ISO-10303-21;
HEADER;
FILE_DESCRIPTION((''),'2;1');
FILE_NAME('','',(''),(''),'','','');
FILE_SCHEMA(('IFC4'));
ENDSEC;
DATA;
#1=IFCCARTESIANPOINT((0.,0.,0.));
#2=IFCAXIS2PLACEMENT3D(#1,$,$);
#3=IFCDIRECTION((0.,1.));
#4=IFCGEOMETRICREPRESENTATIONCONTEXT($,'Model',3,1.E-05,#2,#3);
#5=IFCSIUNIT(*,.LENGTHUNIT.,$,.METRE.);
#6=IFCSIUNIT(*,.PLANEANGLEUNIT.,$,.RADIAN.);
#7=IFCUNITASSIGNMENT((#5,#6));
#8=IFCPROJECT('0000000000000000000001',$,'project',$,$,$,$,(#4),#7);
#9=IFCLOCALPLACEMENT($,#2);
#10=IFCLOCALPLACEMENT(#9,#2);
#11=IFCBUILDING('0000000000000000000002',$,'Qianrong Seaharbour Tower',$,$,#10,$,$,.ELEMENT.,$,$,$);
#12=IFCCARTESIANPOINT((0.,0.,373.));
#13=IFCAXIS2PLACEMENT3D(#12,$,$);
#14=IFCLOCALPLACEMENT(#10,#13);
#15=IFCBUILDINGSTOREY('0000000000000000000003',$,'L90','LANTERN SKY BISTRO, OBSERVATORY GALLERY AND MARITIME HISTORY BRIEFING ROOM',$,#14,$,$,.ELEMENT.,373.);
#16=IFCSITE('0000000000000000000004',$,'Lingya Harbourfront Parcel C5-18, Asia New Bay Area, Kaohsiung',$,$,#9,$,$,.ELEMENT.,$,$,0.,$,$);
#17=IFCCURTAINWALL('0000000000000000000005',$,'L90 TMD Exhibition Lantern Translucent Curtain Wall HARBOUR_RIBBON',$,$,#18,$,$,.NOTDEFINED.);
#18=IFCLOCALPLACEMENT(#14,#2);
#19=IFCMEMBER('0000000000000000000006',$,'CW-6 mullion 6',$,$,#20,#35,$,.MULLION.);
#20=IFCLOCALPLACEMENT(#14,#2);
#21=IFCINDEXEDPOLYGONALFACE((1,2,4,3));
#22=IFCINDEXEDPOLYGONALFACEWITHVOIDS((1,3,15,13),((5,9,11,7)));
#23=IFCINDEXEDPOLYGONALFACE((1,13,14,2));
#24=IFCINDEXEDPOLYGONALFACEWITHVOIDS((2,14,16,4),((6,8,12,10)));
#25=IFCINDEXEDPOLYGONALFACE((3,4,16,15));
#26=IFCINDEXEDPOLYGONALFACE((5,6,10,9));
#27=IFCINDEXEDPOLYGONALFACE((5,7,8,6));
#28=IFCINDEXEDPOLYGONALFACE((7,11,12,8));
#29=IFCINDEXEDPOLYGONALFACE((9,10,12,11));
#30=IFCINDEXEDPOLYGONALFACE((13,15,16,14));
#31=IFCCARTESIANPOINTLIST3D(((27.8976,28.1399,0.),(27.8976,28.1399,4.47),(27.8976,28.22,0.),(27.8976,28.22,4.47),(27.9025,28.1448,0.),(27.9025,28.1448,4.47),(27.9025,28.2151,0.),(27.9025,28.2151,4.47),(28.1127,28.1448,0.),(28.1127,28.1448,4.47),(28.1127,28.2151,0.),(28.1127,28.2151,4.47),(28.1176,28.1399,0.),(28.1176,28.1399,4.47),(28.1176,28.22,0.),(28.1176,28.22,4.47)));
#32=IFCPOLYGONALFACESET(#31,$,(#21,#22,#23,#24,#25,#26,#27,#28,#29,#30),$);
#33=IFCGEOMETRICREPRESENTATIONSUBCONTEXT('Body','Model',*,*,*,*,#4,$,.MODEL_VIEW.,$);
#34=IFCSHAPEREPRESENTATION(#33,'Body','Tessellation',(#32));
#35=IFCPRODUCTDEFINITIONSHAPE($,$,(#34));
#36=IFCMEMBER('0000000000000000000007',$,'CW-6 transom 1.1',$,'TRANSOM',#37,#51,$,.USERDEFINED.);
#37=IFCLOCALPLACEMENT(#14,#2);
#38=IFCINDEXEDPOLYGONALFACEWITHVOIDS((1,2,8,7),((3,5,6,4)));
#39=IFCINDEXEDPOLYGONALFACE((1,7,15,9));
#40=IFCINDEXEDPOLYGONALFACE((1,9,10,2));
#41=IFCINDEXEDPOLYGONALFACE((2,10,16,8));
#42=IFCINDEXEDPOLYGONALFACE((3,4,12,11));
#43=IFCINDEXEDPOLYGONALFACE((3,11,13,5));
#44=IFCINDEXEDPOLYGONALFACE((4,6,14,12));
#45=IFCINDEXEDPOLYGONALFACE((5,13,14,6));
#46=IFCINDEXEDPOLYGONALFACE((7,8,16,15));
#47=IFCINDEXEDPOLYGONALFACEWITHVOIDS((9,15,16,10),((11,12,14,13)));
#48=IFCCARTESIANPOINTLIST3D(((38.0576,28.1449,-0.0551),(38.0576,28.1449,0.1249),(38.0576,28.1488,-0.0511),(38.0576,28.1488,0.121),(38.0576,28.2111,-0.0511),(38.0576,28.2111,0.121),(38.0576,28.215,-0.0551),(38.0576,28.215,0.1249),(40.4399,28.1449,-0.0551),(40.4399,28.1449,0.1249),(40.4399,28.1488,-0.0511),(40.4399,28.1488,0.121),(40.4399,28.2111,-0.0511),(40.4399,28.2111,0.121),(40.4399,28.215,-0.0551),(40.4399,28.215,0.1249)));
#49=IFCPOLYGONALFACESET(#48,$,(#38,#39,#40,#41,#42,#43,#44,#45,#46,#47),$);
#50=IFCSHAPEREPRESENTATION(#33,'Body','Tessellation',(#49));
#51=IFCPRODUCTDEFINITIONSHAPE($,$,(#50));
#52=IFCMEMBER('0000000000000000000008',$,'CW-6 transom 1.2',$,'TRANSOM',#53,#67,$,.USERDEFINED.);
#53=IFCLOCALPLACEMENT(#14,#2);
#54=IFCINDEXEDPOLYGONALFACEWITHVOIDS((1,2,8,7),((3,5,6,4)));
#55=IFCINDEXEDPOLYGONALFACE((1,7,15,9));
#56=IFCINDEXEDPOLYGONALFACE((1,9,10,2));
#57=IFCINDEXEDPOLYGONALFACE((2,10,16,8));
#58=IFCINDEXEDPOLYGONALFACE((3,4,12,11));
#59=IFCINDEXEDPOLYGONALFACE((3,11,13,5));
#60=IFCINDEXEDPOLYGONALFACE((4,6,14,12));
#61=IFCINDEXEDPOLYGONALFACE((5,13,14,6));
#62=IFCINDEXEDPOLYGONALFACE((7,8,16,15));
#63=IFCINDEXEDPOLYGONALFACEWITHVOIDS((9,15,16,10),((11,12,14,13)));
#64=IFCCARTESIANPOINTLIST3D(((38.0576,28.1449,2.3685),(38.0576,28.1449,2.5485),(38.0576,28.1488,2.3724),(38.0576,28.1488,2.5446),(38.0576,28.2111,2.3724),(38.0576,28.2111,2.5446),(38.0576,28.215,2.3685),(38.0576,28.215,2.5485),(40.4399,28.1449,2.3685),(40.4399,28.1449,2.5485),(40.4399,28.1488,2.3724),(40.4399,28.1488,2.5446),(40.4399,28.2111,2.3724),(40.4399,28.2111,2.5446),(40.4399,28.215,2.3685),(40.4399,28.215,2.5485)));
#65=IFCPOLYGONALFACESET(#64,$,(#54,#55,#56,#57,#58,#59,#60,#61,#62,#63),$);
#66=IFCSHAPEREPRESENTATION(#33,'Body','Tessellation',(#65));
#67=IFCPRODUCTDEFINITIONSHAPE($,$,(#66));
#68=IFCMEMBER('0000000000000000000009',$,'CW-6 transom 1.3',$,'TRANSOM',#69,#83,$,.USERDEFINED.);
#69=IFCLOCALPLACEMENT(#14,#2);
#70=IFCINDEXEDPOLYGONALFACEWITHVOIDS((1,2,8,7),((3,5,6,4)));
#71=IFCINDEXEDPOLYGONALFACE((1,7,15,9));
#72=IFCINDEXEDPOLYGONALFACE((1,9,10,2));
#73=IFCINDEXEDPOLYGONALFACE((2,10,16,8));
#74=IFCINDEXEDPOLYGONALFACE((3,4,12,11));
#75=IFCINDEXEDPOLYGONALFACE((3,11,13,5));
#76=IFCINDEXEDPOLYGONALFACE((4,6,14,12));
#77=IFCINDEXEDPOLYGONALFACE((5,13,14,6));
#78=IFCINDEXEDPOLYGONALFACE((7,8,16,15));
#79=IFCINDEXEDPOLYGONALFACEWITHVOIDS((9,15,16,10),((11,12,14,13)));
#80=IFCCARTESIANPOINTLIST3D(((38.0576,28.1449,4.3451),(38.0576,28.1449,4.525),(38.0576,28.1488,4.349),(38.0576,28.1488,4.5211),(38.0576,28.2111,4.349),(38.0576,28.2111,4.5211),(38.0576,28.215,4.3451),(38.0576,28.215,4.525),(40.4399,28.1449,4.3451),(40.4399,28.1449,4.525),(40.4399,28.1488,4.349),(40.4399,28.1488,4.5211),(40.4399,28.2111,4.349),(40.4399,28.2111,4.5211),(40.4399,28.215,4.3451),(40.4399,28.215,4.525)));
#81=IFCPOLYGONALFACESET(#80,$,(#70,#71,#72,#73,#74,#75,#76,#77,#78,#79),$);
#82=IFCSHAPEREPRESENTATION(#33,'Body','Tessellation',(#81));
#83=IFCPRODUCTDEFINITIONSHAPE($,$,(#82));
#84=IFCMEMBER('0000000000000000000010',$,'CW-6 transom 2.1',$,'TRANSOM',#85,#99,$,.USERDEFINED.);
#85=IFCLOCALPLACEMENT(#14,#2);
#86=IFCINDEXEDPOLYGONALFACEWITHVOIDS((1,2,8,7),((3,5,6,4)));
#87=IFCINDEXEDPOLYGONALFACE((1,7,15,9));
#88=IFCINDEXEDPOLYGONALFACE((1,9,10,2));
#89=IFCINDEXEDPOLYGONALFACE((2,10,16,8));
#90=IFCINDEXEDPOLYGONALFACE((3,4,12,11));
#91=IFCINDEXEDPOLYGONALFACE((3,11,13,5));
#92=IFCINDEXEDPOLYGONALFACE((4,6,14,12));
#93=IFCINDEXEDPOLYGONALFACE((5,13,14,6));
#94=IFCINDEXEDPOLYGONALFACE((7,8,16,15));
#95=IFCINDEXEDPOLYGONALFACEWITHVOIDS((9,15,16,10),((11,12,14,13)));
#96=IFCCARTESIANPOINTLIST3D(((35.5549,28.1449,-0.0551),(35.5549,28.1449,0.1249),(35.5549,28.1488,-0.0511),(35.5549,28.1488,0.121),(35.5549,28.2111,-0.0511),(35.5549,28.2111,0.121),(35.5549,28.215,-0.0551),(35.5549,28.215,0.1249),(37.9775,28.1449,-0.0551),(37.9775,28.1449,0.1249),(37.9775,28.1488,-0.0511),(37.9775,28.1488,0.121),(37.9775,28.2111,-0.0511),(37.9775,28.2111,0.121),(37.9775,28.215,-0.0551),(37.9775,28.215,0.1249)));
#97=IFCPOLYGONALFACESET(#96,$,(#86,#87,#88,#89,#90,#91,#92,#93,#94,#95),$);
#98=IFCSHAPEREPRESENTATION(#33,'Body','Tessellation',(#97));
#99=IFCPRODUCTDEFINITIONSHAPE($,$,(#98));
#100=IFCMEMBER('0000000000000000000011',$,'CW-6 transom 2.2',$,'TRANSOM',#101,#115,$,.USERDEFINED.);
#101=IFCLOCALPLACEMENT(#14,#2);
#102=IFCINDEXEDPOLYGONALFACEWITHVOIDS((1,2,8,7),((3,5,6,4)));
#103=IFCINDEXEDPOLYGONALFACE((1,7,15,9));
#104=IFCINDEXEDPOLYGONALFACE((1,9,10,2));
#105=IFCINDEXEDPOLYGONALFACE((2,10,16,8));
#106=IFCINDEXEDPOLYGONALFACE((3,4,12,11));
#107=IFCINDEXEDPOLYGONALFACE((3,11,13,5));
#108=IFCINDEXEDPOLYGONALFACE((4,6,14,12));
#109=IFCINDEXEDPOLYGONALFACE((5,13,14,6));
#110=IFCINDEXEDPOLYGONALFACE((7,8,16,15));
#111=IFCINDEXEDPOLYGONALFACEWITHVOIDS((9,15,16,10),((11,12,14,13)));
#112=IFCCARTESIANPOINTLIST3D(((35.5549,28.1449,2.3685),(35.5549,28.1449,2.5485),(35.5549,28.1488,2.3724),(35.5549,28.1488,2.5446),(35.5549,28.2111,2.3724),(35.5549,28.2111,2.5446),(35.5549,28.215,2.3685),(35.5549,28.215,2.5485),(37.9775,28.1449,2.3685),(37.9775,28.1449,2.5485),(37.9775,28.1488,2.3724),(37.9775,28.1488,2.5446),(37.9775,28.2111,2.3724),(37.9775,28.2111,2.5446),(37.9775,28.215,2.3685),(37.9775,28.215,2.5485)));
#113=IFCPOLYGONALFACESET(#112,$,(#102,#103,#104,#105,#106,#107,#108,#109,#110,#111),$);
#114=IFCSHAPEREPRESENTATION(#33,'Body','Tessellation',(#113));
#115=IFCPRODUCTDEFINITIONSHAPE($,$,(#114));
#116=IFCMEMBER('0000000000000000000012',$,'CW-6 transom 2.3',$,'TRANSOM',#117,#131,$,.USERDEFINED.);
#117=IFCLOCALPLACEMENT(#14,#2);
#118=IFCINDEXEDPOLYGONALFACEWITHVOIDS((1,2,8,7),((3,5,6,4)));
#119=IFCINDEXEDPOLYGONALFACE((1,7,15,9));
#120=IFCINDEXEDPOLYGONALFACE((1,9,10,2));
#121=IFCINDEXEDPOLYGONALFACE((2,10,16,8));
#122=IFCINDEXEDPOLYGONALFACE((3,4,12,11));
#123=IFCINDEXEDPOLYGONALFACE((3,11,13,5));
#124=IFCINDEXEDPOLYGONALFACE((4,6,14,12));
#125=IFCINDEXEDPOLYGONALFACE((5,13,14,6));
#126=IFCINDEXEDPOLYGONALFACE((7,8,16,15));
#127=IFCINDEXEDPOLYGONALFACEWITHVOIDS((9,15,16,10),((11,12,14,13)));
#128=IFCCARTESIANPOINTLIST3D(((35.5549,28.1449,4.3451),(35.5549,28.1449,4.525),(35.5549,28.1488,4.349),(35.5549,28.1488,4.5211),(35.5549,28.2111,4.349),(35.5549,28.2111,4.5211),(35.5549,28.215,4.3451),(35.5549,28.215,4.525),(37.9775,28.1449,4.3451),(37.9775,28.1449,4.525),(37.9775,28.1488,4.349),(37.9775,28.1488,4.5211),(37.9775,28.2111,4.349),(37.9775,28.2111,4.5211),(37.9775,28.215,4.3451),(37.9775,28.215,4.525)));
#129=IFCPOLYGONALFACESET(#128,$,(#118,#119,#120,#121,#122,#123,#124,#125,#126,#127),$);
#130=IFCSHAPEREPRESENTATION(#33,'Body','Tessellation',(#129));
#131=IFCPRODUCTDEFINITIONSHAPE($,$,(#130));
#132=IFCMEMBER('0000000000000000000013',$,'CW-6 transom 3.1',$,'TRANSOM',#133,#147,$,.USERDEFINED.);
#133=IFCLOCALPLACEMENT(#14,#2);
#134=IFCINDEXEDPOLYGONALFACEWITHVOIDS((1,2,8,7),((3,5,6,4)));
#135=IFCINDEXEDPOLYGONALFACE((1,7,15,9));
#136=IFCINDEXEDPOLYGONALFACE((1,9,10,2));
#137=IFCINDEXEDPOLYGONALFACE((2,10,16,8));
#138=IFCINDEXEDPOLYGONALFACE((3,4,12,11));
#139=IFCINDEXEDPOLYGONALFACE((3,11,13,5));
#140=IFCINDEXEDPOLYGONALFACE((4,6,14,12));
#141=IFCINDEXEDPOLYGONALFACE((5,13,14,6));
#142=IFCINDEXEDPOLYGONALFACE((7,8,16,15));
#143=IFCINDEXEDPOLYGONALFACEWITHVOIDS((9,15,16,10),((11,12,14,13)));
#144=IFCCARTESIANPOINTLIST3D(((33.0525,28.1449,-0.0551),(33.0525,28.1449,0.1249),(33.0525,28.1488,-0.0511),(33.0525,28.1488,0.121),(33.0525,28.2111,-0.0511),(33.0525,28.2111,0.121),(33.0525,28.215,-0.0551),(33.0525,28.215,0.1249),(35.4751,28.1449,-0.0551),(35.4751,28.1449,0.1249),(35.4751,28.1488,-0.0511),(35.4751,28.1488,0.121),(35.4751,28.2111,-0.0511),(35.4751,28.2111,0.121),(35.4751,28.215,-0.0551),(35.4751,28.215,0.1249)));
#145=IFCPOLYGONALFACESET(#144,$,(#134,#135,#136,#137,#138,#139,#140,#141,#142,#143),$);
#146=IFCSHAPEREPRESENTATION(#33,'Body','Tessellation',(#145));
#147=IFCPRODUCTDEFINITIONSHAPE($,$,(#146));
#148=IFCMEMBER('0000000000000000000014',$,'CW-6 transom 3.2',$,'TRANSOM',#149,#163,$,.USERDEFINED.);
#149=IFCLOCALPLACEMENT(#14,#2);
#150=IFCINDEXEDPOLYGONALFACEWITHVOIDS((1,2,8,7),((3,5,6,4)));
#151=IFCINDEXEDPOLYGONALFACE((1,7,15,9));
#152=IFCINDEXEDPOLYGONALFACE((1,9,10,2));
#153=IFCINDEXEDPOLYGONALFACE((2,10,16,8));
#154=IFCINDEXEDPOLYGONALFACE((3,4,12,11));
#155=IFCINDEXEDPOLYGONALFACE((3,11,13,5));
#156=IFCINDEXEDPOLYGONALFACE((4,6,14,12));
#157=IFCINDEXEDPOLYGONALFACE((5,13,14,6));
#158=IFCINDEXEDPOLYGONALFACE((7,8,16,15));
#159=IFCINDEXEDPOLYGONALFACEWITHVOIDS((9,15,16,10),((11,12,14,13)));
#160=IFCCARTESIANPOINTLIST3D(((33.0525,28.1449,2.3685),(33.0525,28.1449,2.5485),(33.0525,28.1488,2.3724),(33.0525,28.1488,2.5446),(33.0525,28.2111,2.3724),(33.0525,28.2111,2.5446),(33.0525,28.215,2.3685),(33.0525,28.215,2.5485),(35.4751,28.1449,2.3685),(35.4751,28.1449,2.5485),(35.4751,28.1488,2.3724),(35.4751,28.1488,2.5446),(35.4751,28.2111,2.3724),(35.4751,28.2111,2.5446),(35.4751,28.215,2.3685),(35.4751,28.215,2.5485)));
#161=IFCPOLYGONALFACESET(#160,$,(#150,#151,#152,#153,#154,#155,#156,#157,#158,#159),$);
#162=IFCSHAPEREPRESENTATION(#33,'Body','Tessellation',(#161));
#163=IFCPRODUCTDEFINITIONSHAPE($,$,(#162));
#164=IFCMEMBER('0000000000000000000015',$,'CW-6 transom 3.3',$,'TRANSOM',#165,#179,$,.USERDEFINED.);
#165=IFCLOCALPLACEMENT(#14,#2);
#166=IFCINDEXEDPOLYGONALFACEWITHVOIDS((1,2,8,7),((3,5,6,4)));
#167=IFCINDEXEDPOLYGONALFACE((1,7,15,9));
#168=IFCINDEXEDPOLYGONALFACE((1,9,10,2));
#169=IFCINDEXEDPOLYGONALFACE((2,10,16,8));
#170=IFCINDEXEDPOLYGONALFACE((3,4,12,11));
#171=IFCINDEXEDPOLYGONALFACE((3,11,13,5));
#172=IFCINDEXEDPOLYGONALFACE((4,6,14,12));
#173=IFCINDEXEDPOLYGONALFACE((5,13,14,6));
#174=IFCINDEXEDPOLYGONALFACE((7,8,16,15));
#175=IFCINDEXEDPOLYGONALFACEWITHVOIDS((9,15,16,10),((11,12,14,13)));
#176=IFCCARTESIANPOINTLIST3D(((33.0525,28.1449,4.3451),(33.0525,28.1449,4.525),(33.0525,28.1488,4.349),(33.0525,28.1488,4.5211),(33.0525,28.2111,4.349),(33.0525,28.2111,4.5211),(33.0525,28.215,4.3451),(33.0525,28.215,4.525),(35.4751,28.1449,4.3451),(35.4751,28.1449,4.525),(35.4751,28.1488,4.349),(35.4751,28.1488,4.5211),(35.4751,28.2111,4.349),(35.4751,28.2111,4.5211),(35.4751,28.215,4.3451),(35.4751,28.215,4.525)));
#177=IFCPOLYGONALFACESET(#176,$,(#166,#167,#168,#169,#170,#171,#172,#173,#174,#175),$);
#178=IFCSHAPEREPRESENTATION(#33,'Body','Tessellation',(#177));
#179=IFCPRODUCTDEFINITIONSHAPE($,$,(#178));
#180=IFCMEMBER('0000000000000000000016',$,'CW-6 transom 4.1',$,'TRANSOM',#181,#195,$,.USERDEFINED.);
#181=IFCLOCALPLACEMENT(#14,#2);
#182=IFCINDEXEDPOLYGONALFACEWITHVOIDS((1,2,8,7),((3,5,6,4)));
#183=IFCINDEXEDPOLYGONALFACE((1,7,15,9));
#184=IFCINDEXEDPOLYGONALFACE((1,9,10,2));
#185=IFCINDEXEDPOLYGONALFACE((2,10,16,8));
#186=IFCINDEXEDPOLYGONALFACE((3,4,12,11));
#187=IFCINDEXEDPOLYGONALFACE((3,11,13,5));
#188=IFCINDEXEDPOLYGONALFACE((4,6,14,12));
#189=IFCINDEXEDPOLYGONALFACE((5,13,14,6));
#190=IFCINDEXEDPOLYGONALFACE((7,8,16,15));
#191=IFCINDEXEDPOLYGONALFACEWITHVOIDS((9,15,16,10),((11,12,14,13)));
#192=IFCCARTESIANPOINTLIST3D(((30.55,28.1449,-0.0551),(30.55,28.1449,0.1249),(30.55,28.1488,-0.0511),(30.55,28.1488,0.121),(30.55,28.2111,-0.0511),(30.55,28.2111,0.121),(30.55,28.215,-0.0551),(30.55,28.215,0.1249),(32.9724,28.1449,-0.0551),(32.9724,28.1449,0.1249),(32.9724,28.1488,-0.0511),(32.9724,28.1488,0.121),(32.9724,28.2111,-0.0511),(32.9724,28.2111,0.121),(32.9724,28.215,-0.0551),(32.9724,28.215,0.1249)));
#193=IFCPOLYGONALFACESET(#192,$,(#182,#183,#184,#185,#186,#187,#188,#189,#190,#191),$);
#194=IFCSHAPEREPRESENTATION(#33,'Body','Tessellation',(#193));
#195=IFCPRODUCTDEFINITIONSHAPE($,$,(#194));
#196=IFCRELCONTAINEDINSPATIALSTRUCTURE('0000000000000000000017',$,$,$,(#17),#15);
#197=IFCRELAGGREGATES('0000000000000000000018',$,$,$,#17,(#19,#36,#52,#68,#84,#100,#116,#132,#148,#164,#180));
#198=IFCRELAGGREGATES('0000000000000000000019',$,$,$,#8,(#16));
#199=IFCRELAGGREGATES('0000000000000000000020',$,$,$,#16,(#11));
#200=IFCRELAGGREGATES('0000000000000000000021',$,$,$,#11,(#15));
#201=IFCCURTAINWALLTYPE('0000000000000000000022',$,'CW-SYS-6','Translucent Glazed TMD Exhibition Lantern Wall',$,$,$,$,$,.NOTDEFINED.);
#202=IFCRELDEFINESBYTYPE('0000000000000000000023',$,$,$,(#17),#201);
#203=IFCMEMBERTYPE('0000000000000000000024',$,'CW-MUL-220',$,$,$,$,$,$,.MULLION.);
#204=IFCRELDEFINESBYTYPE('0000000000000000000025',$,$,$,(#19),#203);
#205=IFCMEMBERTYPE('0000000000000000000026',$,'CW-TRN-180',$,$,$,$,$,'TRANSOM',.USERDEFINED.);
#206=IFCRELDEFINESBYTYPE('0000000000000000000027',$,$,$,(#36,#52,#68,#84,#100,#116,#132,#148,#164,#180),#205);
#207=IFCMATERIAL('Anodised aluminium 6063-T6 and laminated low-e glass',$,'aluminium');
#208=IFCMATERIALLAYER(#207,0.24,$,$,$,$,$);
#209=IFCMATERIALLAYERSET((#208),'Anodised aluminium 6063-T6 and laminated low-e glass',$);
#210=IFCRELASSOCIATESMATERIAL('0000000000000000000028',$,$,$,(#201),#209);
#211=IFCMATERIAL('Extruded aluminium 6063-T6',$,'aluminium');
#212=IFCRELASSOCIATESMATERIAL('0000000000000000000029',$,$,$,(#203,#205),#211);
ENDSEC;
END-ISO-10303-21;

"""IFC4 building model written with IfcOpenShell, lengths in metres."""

from ifc_helpers import new_model, si_unit, direction, frame, origin, origin_2d, place, context, subcontext, project, spatial, hollow_rectangle, extrude, material, layer, layer_set, material_profile, profile_set, type_object, element, aggregate, save


model = new_model("IFC4")

# Units and contexts
model_context = context("Model", 3, precision=1e-05, world=origin(), true_north=direction((0.0, 1.0)))
body_context = subcontext(model_context, "Body", "Model", "MODEL_VIEW")
ifc_project = project(units=[si_unit("LENGTHUNIT", "METRE"), si_unit("PLANEANGLEUNIT", "RADIAN")], contexts=[model_context])

# Site, building, storey
site_placement = place(None, origin())
site = spatial("IfcSite", under=ifc_project, at=site_placement, Name="Lingya Harbourfront Parcel C5-18, Asia New Bay Area, Kaohsiung", CompositionType="ELEMENT", RefElevation=0.0)
building_placement = place(site_placement, origin())
building = spatial("IfcBuilding", under=site, at=building_placement, Name="Qianrong Seaharbour Tower", CompositionType="ELEMENT")
storey_placement = place(building_placement, frame((0.0, 0.0, 373.0)))
storey = spatial("IfcBuildingStorey", under=building, at=storey_placement, Name="L90", Description="LANTERN SKY BISTRO, OBSERVATORY GALLERY AND MARITIME HISTORY BRIEFING ROOM", CompositionType="ELEMENT", Elevation=373.0)

# Curtain wall, members
ifc_material_1 = material(Name="Anodised aluminium 6063-T6 and laminated low-e glass", Category="aluminium")
ifc_layer_1 = layer(ifc_material_1, 0.24)
ifc_layer_set_1 = layer_set([ifc_layer_1], Name="Anodised aluminium 6063-T6 and laminated low-e glass")
curtain_wall_type = type_object("IfcCurtainWallType", Name="CW-SYS-6", Description="Translucent Glazed TMD Exhibition Lantern Wall", PredefinedType="NOTDEFINED", material=ifc_layer_set_1)
curtain_wall_placement = place(storey_placement, origin())
curtain_wall = element("IfcCurtainWall", 1, at=curtain_wall_placement, inside=storey, type_object=curtain_wall_type, Name="L90 TMD Exhibition Lantern Translucent Curtain Wall HARBOUR_RIBBON", PredefinedType="NOTDEFINED")
ifc_material_2 = material(Name="Extruded aluminium 6063-T6", Category="aluminium")
ifc_material_profile_1 = material_profile(ifc_material_2, hollow_rectangle(XDim=0.0801, YDim=0.22, WallThickness=0.0049, at=origin_2d()), Name="ALU-MUL-220x80x5")
ifc_profile_set_1 = profile_set([ifc_material_profile_1], Name="Extruded aluminium 6063-T6")
member_type_1 = type_object("IfcMemberType", Name="CW-MUL-220", PredefinedType="MULLION", material=ifc_profile_set_1)
member_1_placement = place(storey_placement, frame((28.0076, 28.1799, 0.0), z_axis=(0.0, 0.0, 1.0), x_axis=(0.0, -1.0, 0.0)))
member_1 = element("IfcMember", 2, at=member_1_placement, type_object=member_type_1, Name="CW-6 mullion 6", PredefinedType="MULLION", context=body_context, shape_type="SweptSolid", body=[
    extrude(hollow_rectangle(XDim=0.0801, YDim=0.22, WallThickness=0.0049, at=origin_2d()), origin(), (0.0, 0.0, 1.0), 4.47),
])
ifc_material_profile_2 = material_profile(ifc_material_2, hollow_rectangle(XDim=0.0701, YDim=0.1799, WallThickness=0.0039, at=origin_2d()), Name="ALU-TRN-180x70x4")
ifc_profile_set_2 = profile_set([ifc_material_profile_2], Name="Extruded aluminium 6063-T6")
member_type_2 = type_object("IfcMemberType", Name="CW-TRN-180", ElementType="TRANSOM", PredefinedType="USERDEFINED", material=ifc_profile_set_2)
member_2_placement = place(storey_placement, frame((40.4399, 28.1799, 0.0349), z_axis=(-1.0, 0.0, 0.0), x_axis=(0.0, -1.0, 0.0)))
member_2 = element("IfcMember", 3, at=member_2_placement, type_object=member_type_2, Name="CW-6 transom 1.1", ObjectType="TRANSOM", PredefinedType="USERDEFINED", context=body_context, shape_type="SweptSolid", body=[
    extrude(hollow_rectangle(XDim=0.0701, YDim=0.1799, WallThickness=0.0039, at=origin_2d()), origin(), (0.0, 0.0, 1.0), 2.3823),
])
member_3_placement = place(storey_placement, frame((40.4399, 28.1799, 2.4585), z_axis=(-1.0, 0.0, 0.0), x_axis=(0.0, -1.0, 0.0)))
member_3 = element("IfcMember", 4, at=member_3_placement, type_object=member_type_2, Name="CW-6 transom 1.2", ObjectType="TRANSOM", PredefinedType="USERDEFINED", context=body_context, shape_type="SweptSolid", body=[
    extrude(hollow_rectangle(XDim=0.0701, YDim=0.1799, WallThickness=0.0039, at=origin_2d()), origin(), (0.0, 0.0, 1.0), 2.3823),
])
member_4_placement = place(storey_placement, frame((40.4399, 28.1799, 4.4351), z_axis=(-1.0, 0.0, 0.0), x_axis=(0.0, -1.0, 0.0)))
member_4 = element("IfcMember", 5, at=member_4_placement, type_object=member_type_2, Name="CW-6 transom 1.3", ObjectType="TRANSOM", PredefinedType="USERDEFINED", context=body_context, shape_type="SweptSolid", body=[
    extrude(hollow_rectangle(XDim=0.0701, YDim=0.1799, WallThickness=0.0039, at=origin_2d()), origin(), (0.0, 0.0, 1.0), 2.3823),
])
member_5_placement = place(storey_placement, frame((37.9775, 28.1799, 0.0349), z_axis=(-1.0, 0.0, 0.0), x_axis=(0.0, -1.0, 0.0)))
member_5 = element("IfcMember", 6, at=member_5_placement, type_object=member_type_2, Name="CW-6 transom 2.1", ObjectType="TRANSOM", PredefinedType="USERDEFINED", context=body_context, shape_type="SweptSolid", body=[
    extrude(hollow_rectangle(XDim=0.0701, YDim=0.1799, WallThickness=0.0039, at=origin_2d()), origin(), (0.0, 0.0, 1.0), 2.4226),
])
member_6_placement = place(storey_placement, frame((37.9775, 28.1799, 2.4585), z_axis=(-1.0, 0.0, 0.0), x_axis=(0.0, -1.0, 0.0)))
member_6 = element("IfcMember", 7, at=member_6_placement, type_object=member_type_2, Name="CW-6 transom 2.2", ObjectType="TRANSOM", PredefinedType="USERDEFINED", context=body_context, shape_type="SweptSolid", body=[
    extrude(hollow_rectangle(XDim=0.0701, YDim=0.1799, WallThickness=0.0039, at=origin_2d()), origin(), (0.0, 0.0, 1.0), 2.4226),
])
member_7_placement = place(storey_placement, frame((37.9775, 28.1799, 4.4351), z_axis=(-1.0, 0.0, 0.0), x_axis=(0.0, -1.0, 0.0)))
member_7 = element("IfcMember", 8, at=member_7_placement, type_object=member_type_2, Name="CW-6 transom 2.3", ObjectType="TRANSOM", PredefinedType="USERDEFINED", context=body_context, shape_type="SweptSolid", body=[
    extrude(hollow_rectangle(XDim=0.0701, YDim=0.1799, WallThickness=0.0039, at=origin_2d()), origin(), (0.0, 0.0, 1.0), 2.4226),
])
member_8_placement = place(storey_placement, frame((35.4751, 28.1799, 0.0349), z_axis=(-1.0, 0.0, 0.0), x_axis=(0.0, -1.0, 0.0)))
member_8 = element("IfcMember", 9, at=member_8_placement, type_object=member_type_2, Name="CW-6 transom 3.1", ObjectType="TRANSOM", PredefinedType="USERDEFINED", context=body_context, shape_type="SweptSolid", body=[
    extrude(hollow_rectangle(XDim=0.0701, YDim=0.1799, WallThickness=0.0039, at=origin_2d()), origin(), (0.0, 0.0, 1.0), 2.4226),
])
member_9_placement = place(storey_placement, frame((35.4751, 28.1799, 2.4585), z_axis=(-1.0, 0.0, 0.0), x_axis=(0.0, -1.0, 0.0)))
member_9 = element("IfcMember", 10, at=member_9_placement, type_object=member_type_2, Name="CW-6 transom 3.2", ObjectType="TRANSOM", PredefinedType="USERDEFINED", context=body_context, shape_type="SweptSolid", body=[
    extrude(hollow_rectangle(XDim=0.0701, YDim=0.1799, WallThickness=0.0039, at=origin_2d()), origin(), (0.0, 0.0, 1.0), 2.4226),
])
member_10_placement = place(storey_placement, frame((35.4751, 28.1799, 4.4351), z_axis=(-1.0, 0.0, 0.0), x_axis=(0.0, -1.0, 0.0)))
member_10 = element("IfcMember", 11, at=member_10_placement, type_object=member_type_2, Name="CW-6 transom 3.3", ObjectType="TRANSOM", PredefinedType="USERDEFINED", context=body_context, shape_type="SweptSolid", body=[
    extrude(hollow_rectangle(XDim=0.0701, YDim=0.1799, WallThickness=0.0039, at=origin_2d()), origin(), (0.0, 0.0, 1.0), 2.4226),
])
member_11_placement = place(storey_placement, frame((32.9724, 28.1799, 0.0349), z_axis=(-1.0, 0.0, 0.0), x_axis=(0.0, -1.0, 0.0)))
member_11 = element("IfcMember", 12, at=member_11_placement, type_object=member_type_2, Name="CW-6 transom 4.1", ObjectType="TRANSOM", PredefinedType="USERDEFINED", context=body_context, shape_type="SweptSolid", body=[
    extrude(hollow_rectangle(XDim=0.0701, YDim=0.1799, WallThickness=0.0039, at=origin_2d()), origin(), (0.0, 0.0, 1.0), 2.4224),
])
aggregate(curtain_wall, [member_1, member_2, member_3, member_4, member_5, member_6, member_7, member_8, member_9, member_10, member_11])

save(model, "model.ifc")
